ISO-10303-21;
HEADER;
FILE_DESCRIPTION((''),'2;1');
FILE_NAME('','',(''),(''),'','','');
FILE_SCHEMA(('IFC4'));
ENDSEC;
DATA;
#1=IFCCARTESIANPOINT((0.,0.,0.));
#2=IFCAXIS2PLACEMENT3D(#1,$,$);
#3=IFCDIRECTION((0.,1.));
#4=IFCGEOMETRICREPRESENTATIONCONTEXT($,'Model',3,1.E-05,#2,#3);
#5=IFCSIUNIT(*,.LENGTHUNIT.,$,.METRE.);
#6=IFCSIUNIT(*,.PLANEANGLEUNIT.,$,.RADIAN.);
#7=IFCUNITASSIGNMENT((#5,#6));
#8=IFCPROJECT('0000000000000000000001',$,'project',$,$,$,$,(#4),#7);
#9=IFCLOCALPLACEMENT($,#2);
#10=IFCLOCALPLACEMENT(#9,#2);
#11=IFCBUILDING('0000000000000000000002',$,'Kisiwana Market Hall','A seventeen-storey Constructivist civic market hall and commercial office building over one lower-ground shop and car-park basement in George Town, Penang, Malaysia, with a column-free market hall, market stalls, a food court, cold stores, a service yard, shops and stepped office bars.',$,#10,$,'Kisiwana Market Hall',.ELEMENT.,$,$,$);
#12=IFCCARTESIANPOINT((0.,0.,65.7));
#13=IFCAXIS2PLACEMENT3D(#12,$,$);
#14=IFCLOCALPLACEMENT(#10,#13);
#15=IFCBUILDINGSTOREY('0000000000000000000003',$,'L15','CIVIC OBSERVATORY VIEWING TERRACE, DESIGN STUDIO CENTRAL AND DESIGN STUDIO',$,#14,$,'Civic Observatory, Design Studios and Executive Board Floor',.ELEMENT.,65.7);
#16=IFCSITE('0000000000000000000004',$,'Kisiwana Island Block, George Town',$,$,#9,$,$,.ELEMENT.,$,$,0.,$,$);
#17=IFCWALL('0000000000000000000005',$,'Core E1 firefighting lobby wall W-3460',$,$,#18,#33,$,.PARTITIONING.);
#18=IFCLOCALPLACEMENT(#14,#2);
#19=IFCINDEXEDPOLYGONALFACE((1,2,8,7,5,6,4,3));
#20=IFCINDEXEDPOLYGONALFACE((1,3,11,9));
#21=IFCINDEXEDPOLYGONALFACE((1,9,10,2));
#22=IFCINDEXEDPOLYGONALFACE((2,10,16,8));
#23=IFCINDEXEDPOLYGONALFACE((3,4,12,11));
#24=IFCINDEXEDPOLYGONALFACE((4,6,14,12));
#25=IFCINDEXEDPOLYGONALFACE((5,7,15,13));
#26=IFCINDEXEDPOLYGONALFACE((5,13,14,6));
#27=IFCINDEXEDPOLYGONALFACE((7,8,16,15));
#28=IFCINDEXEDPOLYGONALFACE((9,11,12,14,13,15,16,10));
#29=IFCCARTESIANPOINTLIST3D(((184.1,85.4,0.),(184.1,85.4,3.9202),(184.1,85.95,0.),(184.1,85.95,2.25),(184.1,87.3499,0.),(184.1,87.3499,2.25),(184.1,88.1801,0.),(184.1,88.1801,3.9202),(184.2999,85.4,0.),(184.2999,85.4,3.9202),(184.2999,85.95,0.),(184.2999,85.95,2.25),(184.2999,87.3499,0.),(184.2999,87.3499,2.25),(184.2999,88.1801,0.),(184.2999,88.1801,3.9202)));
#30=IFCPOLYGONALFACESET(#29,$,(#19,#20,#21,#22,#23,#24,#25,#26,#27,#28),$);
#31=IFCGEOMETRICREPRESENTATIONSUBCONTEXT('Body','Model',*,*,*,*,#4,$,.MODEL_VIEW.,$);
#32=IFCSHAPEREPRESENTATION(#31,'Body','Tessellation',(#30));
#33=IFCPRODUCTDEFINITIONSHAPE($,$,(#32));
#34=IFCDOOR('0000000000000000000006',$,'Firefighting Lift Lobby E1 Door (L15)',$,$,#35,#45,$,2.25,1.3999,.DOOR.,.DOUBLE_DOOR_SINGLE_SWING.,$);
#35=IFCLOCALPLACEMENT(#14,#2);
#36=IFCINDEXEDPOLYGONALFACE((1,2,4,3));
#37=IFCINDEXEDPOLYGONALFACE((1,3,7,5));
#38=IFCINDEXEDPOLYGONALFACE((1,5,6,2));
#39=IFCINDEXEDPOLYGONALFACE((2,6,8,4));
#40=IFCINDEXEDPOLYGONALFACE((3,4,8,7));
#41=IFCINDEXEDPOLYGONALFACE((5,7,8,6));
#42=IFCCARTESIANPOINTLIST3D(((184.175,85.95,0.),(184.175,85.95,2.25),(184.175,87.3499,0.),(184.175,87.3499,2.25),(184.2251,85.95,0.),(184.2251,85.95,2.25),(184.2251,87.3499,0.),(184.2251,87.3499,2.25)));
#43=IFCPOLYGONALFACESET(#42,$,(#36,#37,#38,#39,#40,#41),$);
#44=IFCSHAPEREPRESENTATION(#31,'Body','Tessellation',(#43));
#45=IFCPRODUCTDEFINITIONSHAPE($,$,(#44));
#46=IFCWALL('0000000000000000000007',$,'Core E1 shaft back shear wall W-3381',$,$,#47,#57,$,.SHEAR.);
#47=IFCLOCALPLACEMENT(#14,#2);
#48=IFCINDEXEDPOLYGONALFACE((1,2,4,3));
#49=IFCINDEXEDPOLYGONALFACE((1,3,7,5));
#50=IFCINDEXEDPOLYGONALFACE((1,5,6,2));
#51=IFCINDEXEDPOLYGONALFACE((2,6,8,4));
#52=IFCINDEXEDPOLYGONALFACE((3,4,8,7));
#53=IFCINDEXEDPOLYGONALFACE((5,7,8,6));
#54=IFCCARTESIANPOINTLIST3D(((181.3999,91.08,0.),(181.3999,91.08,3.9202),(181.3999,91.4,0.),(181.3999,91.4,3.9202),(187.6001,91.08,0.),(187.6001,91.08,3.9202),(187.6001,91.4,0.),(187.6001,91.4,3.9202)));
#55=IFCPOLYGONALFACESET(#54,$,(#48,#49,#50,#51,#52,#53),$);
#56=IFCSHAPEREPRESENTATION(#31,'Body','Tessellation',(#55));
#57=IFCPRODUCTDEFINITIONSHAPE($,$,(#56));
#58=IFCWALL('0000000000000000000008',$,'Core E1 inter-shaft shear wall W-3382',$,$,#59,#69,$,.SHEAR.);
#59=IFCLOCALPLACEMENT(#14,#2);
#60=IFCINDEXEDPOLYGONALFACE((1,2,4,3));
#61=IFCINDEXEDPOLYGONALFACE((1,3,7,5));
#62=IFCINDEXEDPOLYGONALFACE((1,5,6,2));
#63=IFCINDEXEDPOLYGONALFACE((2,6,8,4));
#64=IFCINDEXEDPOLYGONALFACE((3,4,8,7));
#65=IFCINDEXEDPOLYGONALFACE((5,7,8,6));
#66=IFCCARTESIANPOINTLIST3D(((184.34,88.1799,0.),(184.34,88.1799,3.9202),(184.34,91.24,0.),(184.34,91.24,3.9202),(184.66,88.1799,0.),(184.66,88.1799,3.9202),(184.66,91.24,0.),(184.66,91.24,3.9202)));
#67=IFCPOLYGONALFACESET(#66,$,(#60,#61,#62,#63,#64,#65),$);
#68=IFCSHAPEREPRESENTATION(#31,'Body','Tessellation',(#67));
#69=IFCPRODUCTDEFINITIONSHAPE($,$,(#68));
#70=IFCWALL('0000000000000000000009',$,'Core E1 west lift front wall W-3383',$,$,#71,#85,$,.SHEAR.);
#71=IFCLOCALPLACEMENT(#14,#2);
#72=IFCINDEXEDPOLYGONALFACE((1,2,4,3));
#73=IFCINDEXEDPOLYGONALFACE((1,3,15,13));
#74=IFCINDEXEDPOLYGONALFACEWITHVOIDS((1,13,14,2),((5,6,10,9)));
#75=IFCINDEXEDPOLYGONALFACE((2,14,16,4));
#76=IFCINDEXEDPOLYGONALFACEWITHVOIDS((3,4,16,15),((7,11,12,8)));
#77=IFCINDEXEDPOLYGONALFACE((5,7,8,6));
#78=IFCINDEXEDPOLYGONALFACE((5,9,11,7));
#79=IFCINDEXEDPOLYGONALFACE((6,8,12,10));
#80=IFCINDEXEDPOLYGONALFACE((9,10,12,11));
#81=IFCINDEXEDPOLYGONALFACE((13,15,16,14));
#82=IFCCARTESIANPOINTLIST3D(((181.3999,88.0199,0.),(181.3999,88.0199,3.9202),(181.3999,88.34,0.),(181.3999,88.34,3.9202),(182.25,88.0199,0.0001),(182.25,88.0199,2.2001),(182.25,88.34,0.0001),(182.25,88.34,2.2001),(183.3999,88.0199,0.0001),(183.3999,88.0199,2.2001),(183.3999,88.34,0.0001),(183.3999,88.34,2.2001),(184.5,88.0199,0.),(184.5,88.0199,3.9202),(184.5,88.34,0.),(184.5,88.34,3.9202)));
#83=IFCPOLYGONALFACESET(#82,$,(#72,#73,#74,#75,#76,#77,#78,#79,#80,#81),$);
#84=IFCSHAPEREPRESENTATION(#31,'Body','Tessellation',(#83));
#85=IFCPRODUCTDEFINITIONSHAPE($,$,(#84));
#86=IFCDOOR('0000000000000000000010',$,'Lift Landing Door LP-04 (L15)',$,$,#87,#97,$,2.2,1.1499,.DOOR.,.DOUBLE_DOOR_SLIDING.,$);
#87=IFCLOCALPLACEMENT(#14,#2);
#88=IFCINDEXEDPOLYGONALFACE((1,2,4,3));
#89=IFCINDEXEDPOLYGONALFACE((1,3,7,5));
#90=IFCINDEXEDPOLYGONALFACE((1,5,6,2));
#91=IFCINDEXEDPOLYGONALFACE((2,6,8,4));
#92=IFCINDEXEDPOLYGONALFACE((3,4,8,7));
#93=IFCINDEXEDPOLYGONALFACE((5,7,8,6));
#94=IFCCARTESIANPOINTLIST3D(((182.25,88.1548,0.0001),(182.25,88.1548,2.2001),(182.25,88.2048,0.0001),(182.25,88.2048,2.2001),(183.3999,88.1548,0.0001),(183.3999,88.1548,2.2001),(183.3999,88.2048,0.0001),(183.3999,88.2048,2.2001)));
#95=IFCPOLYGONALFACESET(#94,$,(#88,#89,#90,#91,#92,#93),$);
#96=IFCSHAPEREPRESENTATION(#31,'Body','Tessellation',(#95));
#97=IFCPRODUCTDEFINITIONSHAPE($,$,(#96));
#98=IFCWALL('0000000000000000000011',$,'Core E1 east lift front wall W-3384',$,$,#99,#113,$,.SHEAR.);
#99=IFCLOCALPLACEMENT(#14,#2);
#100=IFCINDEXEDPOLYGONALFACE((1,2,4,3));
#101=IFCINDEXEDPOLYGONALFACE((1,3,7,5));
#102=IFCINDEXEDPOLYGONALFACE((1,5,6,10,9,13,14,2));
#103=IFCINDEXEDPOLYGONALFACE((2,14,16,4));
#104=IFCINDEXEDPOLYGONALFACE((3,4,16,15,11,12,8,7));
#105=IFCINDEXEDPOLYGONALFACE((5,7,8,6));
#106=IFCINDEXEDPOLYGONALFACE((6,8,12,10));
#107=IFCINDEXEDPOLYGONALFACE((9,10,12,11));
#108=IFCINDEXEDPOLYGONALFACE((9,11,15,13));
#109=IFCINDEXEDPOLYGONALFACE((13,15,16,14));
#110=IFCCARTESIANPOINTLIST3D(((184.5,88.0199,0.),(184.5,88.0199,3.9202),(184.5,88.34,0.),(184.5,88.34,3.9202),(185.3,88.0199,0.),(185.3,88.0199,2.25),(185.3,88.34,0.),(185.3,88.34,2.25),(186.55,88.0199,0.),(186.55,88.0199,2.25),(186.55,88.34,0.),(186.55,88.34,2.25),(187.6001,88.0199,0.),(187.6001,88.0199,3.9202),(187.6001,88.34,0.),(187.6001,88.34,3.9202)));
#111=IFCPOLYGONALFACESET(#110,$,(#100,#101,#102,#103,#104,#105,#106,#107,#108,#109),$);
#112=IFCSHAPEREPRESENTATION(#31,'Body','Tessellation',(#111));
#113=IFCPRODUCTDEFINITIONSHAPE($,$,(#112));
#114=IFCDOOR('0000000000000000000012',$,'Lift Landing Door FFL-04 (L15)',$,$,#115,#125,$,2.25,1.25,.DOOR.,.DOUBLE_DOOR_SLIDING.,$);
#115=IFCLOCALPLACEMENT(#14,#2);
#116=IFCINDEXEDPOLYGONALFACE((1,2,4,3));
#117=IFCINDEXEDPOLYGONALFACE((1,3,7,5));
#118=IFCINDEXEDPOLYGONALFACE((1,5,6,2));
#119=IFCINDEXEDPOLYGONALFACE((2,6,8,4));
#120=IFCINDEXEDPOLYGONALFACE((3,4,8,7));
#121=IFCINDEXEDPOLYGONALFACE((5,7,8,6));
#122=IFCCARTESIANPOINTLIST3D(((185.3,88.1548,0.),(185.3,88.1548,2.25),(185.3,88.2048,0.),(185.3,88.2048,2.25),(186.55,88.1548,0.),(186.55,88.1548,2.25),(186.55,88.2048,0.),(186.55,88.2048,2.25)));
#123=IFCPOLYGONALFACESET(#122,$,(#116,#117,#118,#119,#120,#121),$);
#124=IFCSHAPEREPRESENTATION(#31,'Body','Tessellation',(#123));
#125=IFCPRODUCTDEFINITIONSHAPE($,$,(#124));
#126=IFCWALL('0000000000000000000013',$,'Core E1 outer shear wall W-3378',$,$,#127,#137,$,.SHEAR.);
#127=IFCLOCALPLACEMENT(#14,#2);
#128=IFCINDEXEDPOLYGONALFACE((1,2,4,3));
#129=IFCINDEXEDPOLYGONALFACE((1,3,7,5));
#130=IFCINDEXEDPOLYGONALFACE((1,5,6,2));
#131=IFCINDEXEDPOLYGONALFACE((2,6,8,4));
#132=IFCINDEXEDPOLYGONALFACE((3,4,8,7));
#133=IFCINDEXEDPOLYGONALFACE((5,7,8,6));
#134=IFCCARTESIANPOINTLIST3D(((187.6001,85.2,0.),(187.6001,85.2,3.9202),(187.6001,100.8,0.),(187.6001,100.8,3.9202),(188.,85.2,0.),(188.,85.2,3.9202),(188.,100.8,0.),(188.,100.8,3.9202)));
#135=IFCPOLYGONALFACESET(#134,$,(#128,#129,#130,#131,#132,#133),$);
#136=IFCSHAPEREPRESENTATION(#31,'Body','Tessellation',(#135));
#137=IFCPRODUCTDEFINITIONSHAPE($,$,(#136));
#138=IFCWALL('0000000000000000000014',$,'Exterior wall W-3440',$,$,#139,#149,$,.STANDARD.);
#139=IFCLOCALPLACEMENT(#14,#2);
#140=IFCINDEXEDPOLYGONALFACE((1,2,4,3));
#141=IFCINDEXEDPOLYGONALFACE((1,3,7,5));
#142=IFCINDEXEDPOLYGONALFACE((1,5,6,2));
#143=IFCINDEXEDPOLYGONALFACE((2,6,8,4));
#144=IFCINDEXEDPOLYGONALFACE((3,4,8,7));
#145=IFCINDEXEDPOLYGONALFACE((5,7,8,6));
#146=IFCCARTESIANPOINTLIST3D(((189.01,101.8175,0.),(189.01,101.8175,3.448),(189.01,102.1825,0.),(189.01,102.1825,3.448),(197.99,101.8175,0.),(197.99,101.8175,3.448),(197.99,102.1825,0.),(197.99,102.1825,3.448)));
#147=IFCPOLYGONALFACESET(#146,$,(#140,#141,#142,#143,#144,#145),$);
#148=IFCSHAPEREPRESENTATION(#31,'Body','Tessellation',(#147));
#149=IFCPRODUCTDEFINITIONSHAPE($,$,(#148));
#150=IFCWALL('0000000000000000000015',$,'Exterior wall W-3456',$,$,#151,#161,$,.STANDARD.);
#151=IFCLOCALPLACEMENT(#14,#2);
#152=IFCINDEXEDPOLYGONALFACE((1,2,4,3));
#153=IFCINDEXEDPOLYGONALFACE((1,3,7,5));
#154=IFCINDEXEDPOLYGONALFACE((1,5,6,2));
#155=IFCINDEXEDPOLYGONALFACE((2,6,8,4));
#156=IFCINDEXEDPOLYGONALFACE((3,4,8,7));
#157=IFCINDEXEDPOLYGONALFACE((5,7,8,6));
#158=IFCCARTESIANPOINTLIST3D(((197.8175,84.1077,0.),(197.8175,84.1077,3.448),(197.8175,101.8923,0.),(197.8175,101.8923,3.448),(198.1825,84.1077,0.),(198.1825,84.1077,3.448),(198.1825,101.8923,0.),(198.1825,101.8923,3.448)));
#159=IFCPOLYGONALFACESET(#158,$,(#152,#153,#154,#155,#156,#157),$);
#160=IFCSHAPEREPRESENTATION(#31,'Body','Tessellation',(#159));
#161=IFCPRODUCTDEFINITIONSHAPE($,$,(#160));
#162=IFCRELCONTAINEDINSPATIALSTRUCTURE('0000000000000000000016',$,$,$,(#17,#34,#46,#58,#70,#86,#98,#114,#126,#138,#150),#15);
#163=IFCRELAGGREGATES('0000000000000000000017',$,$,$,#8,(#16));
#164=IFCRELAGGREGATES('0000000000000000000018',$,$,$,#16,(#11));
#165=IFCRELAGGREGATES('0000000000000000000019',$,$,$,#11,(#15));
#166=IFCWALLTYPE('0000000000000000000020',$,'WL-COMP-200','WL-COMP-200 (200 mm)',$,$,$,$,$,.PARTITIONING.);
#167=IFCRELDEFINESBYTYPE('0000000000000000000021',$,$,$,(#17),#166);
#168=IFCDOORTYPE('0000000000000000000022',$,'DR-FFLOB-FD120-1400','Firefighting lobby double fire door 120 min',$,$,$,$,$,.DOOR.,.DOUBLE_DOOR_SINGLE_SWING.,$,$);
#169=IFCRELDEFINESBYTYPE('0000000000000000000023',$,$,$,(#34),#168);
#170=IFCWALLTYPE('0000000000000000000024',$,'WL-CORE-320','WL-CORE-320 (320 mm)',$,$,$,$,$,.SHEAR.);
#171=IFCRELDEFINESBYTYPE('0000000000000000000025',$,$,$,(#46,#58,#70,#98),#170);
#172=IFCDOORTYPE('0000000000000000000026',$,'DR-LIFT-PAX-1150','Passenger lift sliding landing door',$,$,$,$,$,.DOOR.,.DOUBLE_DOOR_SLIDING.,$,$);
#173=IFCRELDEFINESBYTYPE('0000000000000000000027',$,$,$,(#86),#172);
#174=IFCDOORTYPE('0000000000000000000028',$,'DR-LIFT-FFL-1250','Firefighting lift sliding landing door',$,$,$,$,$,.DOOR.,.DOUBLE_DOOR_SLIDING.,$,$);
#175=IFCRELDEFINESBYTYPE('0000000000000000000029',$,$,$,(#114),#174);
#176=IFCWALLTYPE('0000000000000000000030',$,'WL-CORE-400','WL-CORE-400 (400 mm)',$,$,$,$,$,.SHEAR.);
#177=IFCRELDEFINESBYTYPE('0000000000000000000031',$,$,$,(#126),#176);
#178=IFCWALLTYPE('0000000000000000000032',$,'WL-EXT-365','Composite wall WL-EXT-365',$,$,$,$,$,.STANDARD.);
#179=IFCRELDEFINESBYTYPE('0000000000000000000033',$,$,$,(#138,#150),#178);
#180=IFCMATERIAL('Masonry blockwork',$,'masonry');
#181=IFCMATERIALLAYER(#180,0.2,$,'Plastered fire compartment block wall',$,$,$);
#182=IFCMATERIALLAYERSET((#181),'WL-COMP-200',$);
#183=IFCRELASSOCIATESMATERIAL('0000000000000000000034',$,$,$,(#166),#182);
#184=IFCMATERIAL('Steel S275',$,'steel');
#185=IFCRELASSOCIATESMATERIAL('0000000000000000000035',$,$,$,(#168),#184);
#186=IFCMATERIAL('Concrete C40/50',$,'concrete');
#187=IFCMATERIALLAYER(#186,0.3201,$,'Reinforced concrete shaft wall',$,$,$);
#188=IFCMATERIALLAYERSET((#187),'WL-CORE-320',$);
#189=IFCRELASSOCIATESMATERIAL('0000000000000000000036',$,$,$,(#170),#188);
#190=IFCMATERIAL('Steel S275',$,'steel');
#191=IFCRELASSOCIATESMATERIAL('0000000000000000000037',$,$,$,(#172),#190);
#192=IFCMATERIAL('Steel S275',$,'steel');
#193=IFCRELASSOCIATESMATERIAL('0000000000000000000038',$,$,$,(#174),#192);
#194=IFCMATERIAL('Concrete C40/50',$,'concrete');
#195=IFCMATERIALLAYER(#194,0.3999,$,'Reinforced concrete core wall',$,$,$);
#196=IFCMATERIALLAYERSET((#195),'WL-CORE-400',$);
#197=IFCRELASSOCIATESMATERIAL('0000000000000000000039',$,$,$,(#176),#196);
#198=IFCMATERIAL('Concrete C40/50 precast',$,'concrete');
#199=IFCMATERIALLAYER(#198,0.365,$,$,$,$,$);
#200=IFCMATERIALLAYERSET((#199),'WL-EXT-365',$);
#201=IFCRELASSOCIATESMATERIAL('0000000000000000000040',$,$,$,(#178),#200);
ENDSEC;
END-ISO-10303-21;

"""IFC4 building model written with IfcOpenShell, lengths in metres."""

from ifc_helpers import new_model, si_unit, direction, frame, frame_2d, origin, place, context, subcontext, project, spatial, rectangle, extrude, material, layer, layer_set, type_object, element, fill, save


model = new_model("IFC4")

# Units and contexts
model_context = context("Model", 3, precision=1e-05, world=origin(), true_north=direction((0.0, 1.0)))
body_context = subcontext(model_context, "Body", "Model", "MODEL_VIEW")
ifc_project = project(units=[si_unit("LENGTHUNIT", "METRE"), si_unit("PLANEANGLEUNIT", "RADIAN")], contexts=[model_context])

# Site, building, storey
site_placement = place(None, origin())
site = spatial("IfcSite", under=ifc_project, at=site_placement, Name="Kisiwana Island Block, George Town", CompositionType="ELEMENT", RefElevation=0.0)
building_placement = place(site_placement, origin())
building = spatial("IfcBuilding", under=site, at=building_placement, Name="Kisiwana Market Hall", Description="A seventeen-storey Constructivist civic market hall and commercial office building over one lower-ground shop and car-park basement in George Town, Penang, Malaysia, with a column-free market hall, market stalls, a food court, cold stores, a service yard, shops and stepped office bars.", LongName="Kisiwana Market Hall", CompositionType="ELEMENT")
storey_placement = place(building_placement, frame((0.0, 0.0, 65.7)))
storey = spatial("IfcBuildingStorey", under=building, at=storey_placement, Name="L15", Description="CIVIC OBSERVATORY VIEWING TERRACE, DESIGN STUDIO CENTRAL AND DESIGN STUDIO", LongName="Civic Observatory, Design Studios and Executive Board Floor", CompositionType="ELEMENT", Elevation=65.7)

# Wall, opening, door
ifc_material_1 = material(Name="Masonry blockwork", Category="masonry")
ifc_layer_1 = layer(ifc_material_1, 0.2, Name="Plastered fire compartment block wall")
ifc_layer_set_1 = layer_set([ifc_layer_1], Name="WL-COMP-200")
wall_type_1 = type_object("IfcWallType", Name="WL-COMP-200", Description="WL-COMP-200 (200 mm)", PredefinedType="PARTITIONING", material=ifc_layer_set_1)
wall_1_placement = place(storey_placement, frame((184.2, 85.3999, 0.0), z_axis=(0.0, 0.0, 1.0), x_axis=(0.0, 1.0, 0.0)))
wall_1 = element("IfcWall", 1, at=wall_1_placement, inside=storey, type_object=wall_type_1, Name="Core E1 firefighting lobby wall W-3460", PredefinedType="PARTITIONING", context=body_context, shape_type="SweptSolid", body=[
    extrude(rectangle(XDim=2.78, YDim=0.2, at=frame_2d((1.3901, 0.0))), origin(), (0.0, 0.0, 1.0), 3.9202),
])
opening_1_placement = place(wall_1_placement, frame((0.55, 0.0, 0.0)))
opening_1 = element("IfcOpeningElement", 2, at=opening_1_placement, cuts=wall_1, PredefinedType="OPENING", context=body_context, shape_type="SweptSolid", body=[
    extrude(rectangle(XDim=1.3999, YDim=2.25, at=frame_2d((0.7, 1.125))), frame((0.0, 0.1118, 0.0), z_axis=(0.0, -1.0, 0.0), x_axis=(1.0, 0.0, 0.0)), (0.0, 0.0, 1.0), 0.2239),
])
ifc_material_2 = material(Name="Steel S275", Category="steel")
door_type_1 = type_object("IfcDoorType", Name="DR-FFLOB-FD120-1400", Description="Firefighting lobby double fire door 120 min", OperationType="DOUBLE_DOOR_SINGLE_SWING", PredefinedType="DOOR", material=ifc_material_2)
door_1_placement = place(opening_1_placement, origin())
door_1 = element("IfcDoor", 3, at=door_1_placement, inside=storey, type_object=door_type_1, Name="Firefighting Lift Lobby E1 Door (L15)", OperationType="DOUBLE_DOOR_SINGLE_SWING", OverallHeight=2.25, OverallWidth=1.3999, PredefinedType="DOOR", context=body_context, shape_type="SweptSolid", body=[
    extrude(rectangle(XDim=1.3999, YDim=2.25, at=frame_2d((0.7, 1.125))), frame((0.0, 0.0249, 0.0), z_axis=(0.0, -1.0, 0.0), x_axis=(1.0, 0.0, 0.0)), (0.0, 0.0, 1.0), 0.05),
])
fill(opening_1, door_1)

# Walls
ifc_material_3 = material(Name="Concrete C40/50", Category="concrete")
ifc_layer_2 = layer(ifc_material_3, 0.3201, Name="Reinforced concrete shaft wall")
ifc_layer_set_2 = layer_set([ifc_layer_2], Name="WL-CORE-320")
wall_type_2 = type_object("IfcWallType", Name="WL-CORE-320", Description="WL-CORE-320 (320 mm)", PredefinedType="SHEAR", material=ifc_layer_set_2)
wall_2_placement = place(storey_placement, frame((181.3999, 91.24, 0.0), z_axis=(0.0, 0.0, 1.0), x_axis=(1.0, 0.0, 0.0)))
element("IfcWall", 4, at=wall_2_placement, inside=storey, type_object=wall_type_2, Name="Core E1 shaft back shear wall W-3381", PredefinedType="SHEAR", context=body_context, shape_type="SweptSolid", body=[
    extrude(rectangle(XDim=6.2002, YDim=0.3201, at=frame_2d((3.1001, 0.0))), origin(), (0.0, 0.0, 1.0), 3.9202),
])
wall_3_placement = place(storey_placement, frame((184.5, 88.1799, 0.0), z_axis=(0.0, 0.0, 1.0), x_axis=(0.0, 1.0, 0.0)))
element("IfcWall", 5, at=wall_3_placement, inside=storey, type_object=wall_type_2, Name="Core E1 inter-shaft shear wall W-3382", PredefinedType="SHEAR", context=body_context, shape_type="SweptSolid", body=[
    extrude(rectangle(XDim=3.0601, YDim=0.3201, at=frame_2d((1.53, 0.0))), origin(), (0.0, 0.0, 1.0), 3.9202),
])

# Walls, openings, doors
wall_4_placement = place(storey_placement, frame((181.3999, 88.1799, 0.0), z_axis=(0.0, 0.0, 1.0), x_axis=(1.0, 0.0, 0.0)))
wall_4 = element("IfcWall", 6, at=wall_4_placement, inside=storey, type_object=wall_type_2, Name="Core E1 west lift front wall W-3383", PredefinedType="SHEAR", context=body_context, shape_type="SweptSolid", body=[
    extrude(rectangle(XDim=3.1001, YDim=0.3201, at=frame_2d((1.55, 0.0))), origin(), (0.0, 0.0, 1.0), 3.9202),
])
opening_2_placement = place(wall_4_placement, frame((0.8501, 0.0, 0.0)))
opening_2 = element("IfcOpeningElement", 7, at=opening_2_placement, cuts=wall_4, PredefinedType="OPENING", context=body_context, shape_type="SweptSolid", body=[
    extrude(rectangle(XDim=1.1499, YDim=2.2, at=frame_2d((0.575, 1.1001))), frame((0.0, 0.1719, 0.0), z_axis=(0.0, -1.0, 0.0), x_axis=(1.0, 0.0, 0.0)), (0.0, 0.0, 1.0), 0.344),
])
ifc_material_4 = material(Name="Steel S275", Category="steel")
door_type_2 = type_object("IfcDoorType", Name="DR-LIFT-PAX-1150", Description="Passenger lift sliding landing door", OperationType="DOUBLE_DOOR_SLIDING", PredefinedType="DOOR", material=ifc_material_4)
door_2_placement = place(opening_2_placement, origin())
door_2 = element("IfcDoor", 8, at=door_2_placement, inside=storey, type_object=door_type_2, Name="Lift Landing Door LP-04 (L15)", OperationType="DOUBLE_DOOR_SLIDING", OverallHeight=2.2, OverallWidth=1.1499, PredefinedType="DOOR", context=body_context, shape_type="SweptSolid", body=[
    extrude(rectangle(XDim=1.1499, YDim=2.2, at=frame_2d((0.575, 1.1001))), frame((0.0, 0.0249, 0.0), z_axis=(0.0, -1.0, 0.0), x_axis=(1.0, 0.0, 0.0)), (0.0, 0.0, 1.0), 0.05),
])
fill(opening_2, door_2)
wall_5_placement = place(storey_placement, frame((184.5, 88.1799, 0.0), z_axis=(0.0, 0.0, 1.0), x_axis=(1.0, 0.0, 0.0)))
wall_5 = element("IfcWall", 9, at=wall_5_placement, inside=storey, type_object=wall_type_2, Name="Core E1 east lift front wall W-3384", PredefinedType="SHEAR", context=body_context, shape_type="SweptSolid", body=[
    extrude(rectangle(XDim=3.1001, YDim=0.3201, at=frame_2d((1.55, 0.0))), origin(), (0.0, 0.0, 1.0), 3.9202),
])
opening_3_placement = place(wall_5_placement, frame((0.8, 0.0, 0.0)))
opening_3 = element("IfcOpeningElement", 10, at=opening_3_placement, cuts=wall_5, PredefinedType="OPENING", context=body_context, shape_type="SweptSolid", body=[
    extrude(rectangle(XDim=1.25, YDim=2.25, at=frame_2d((0.625, 1.125))), frame((0.0, 0.1719, 0.0), z_axis=(0.0, -1.0, 0.0), x_axis=(1.0, 0.0, 0.0)), (0.0, 0.0, 1.0), 0.344),
])
ifc_material_5 = material(Name="Steel S275", Category="steel")
door_type_3 = type_object("IfcDoorType", Name="DR-LIFT-FFL-1250", Description="Firefighting lift sliding landing door", OperationType="DOUBLE_DOOR_SLIDING", PredefinedType="DOOR", material=ifc_material_5)
door_3_placement = place(opening_3_placement, origin())
door_3 = element("IfcDoor", 11, at=door_3_placement, inside=storey, type_object=door_type_3, Name="Lift Landing Door FFL-04 (L15)", OperationType="DOUBLE_DOOR_SLIDING", OverallHeight=2.25, OverallWidth=1.25, PredefinedType="DOOR", context=body_context, shape_type="SweptSolid", body=[
    extrude(rectangle(XDim=1.25, YDim=2.25, at=frame_2d((0.625, 1.125))), frame((0.0, 0.0249, 0.0), z_axis=(0.0, -1.0, 0.0), x_axis=(1.0, 0.0, 0.0)), (0.0, 0.0, 1.0), 0.05),
])
fill(opening_3, door_3)

# Walls
ifc_material_6 = material(Name="Concrete C40/50", Category="concrete")
ifc_layer_3 = layer(ifc_material_6, 0.3999, Name="Reinforced concrete core wall")
ifc_layer_set_3 = layer_set([ifc_layer_3], Name="WL-CORE-400")
wall_type_3 = type_object("IfcWallType", Name="WL-CORE-400", Description="WL-CORE-400 (400 mm)", PredefinedType="SHEAR", material=ifc_layer_set_3)
wall_6_placement = place(storey_placement, frame((187.8, 85.2, 0.0), z_axis=(0.0, 0.0, 1.0), x_axis=(0.0, 1.0, 0.0)))
element("IfcWall", 12, at=wall_6_placement, inside=storey, type_object=wall_type_3, Name="Core E1 outer shear wall W-3378", PredefinedType="SHEAR", context=body_context, shape_type="SweptSolid", body=[
    extrude(rectangle(XDim=15.6001, YDim=0.3999, at=frame_2d((7.8, 0.0))), origin(), (0.0, 0.0, 1.0), 3.9202),
])
ifc_material_7 = material(Name="Concrete C40/50 precast", Category="concrete")
ifc_layer_4 = layer(ifc_material_7, 0.365)
ifc_layer_set_4 = layer_set([ifc_layer_4], Name="WL-EXT-365")
wall_type_4 = type_object("IfcWallType", Name="WL-EXT-365", Description="Composite wall WL-EXT-365", PredefinedType="STANDARD", material=ifc_layer_set_4)
wall_7_placement = place(storey_placement, frame((189.01, 102.0, 0.0), z_axis=(0.0, 0.0, 1.0), x_axis=(1.0, 0.0, 0.0)))
element("IfcWall", 13, at=wall_7_placement, inside=storey, type_object=wall_type_4, Name="Exterior wall W-3440", PredefinedType="STANDARD", context=body_context, shape_type="SweptSolid", body=[
    extrude(rectangle(XDim=8.98, YDim=0.365, at=frame_2d((4.49, 0.0))), origin(), (0.0, 0.0, 1.0), 3.448),
])
wall_8_placement = place(storey_placement, frame((198.0, 84.1077, 0.0), z_axis=(0.0, 0.0, 1.0), x_axis=(0.0, 1.0, 0.0)))
element("IfcWall", 14, at=wall_8_placement, inside=storey, type_object=wall_type_4, Name="Exterior wall W-3456", PredefinedType="STANDARD", context=body_context, shape_type="SweptSolid", body=[
    extrude(rectangle(XDim=17.7847, YDim=0.365, at=frame_2d((8.8923, 0.0))), origin(), (0.0, 0.0, 1.0), 3.448),
])

save(model, "model.ifc")
